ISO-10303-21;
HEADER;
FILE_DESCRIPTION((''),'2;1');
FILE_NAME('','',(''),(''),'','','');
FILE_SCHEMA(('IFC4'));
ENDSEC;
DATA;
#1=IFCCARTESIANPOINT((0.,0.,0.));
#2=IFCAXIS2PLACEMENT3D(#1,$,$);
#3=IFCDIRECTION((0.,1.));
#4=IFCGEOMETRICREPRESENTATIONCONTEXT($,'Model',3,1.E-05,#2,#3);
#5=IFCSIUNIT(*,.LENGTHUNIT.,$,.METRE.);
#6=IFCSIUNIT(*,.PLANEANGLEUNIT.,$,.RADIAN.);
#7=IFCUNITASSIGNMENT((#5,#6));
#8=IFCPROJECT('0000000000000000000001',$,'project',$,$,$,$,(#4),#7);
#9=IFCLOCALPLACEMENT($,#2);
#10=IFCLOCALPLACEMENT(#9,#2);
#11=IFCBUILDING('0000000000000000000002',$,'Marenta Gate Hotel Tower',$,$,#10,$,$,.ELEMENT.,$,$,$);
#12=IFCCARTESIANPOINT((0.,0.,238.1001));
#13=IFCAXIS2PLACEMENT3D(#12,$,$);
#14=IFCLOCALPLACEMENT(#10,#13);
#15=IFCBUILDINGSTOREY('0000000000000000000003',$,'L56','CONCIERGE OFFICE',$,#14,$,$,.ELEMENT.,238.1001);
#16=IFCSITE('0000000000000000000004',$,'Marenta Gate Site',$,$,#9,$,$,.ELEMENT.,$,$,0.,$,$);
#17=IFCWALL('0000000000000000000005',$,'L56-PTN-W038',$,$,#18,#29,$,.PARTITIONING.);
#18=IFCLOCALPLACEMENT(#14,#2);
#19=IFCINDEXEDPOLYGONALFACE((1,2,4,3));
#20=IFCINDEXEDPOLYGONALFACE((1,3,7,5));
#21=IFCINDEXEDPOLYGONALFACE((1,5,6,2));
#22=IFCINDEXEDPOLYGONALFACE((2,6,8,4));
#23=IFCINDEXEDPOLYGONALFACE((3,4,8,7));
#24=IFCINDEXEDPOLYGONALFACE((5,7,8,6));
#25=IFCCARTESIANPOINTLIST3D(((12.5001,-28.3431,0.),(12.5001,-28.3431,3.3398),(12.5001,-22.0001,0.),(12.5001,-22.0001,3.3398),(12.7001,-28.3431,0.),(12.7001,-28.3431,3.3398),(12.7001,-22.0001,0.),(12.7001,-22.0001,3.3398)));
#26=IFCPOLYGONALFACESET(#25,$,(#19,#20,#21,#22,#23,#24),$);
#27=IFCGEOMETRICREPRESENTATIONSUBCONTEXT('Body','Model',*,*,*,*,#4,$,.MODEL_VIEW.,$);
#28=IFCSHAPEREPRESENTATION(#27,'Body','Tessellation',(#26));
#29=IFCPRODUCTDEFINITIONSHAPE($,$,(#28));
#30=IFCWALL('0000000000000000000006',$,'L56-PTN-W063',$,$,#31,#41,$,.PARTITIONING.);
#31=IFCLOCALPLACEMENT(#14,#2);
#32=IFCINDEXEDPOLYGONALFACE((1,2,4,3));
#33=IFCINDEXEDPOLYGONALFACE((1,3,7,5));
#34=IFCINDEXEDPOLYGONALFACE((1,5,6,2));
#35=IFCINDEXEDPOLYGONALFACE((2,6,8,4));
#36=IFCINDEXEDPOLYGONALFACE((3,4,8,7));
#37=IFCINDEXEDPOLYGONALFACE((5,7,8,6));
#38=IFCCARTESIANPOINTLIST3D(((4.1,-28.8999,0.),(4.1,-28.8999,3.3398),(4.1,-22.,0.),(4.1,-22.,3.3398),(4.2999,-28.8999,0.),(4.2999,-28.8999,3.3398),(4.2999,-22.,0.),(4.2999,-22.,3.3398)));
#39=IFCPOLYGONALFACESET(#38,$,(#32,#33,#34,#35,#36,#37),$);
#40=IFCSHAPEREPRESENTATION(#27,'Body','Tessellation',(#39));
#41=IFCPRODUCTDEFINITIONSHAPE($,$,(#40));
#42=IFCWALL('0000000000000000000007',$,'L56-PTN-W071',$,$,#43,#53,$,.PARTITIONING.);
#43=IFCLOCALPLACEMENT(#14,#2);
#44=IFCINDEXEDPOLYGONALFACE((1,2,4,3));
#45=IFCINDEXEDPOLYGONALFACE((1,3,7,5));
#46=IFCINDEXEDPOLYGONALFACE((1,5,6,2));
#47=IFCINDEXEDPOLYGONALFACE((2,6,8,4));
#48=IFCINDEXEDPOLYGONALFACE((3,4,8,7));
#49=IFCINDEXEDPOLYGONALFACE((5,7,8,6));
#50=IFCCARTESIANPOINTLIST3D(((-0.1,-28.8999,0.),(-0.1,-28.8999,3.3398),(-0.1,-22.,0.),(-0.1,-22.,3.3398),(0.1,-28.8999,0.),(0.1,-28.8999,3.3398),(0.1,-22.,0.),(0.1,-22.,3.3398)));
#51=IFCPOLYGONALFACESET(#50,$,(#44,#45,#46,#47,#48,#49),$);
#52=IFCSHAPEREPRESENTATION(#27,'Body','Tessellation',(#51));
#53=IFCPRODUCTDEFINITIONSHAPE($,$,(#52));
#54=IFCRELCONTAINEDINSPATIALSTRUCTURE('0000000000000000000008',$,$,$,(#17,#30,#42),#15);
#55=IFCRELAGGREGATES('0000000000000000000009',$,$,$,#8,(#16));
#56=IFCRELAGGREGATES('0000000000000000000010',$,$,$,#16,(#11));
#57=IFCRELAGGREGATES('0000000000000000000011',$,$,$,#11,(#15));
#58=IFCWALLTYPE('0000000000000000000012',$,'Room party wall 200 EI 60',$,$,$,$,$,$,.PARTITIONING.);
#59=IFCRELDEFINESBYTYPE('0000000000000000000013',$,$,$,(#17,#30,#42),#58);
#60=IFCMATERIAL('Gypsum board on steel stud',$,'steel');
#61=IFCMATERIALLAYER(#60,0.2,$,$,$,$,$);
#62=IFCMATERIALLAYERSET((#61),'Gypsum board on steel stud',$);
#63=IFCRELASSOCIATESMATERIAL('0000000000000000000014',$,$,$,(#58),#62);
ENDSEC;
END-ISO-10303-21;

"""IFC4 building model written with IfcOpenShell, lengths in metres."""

from ifc_helpers import new_model, si_unit, direction, frame, frame_2d, origin, place, context, subcontext, project, spatial, rectangle, extrude, material, layer, layer_set, type_object, element, save


model = new_model("IFC4")

# Units and contexts
model_context = context("Model", 3, precision=1e-05, world=origin(), true_north=direction((0.0, 1.0)))
body_context = subcontext(model_context, "Body", "Model", "MODEL_VIEW")
ifc_project = project(units=[si_unit("LENGTHUNIT", "METRE"), si_unit("PLANEANGLEUNIT", "RADIAN")], contexts=[model_context])

# Site, building, storey
site_placement = place(None, origin())
site = spatial("IfcSite", under=ifc_project, at=site_placement, Name="Marenta Gate Site", CompositionType="ELEMENT", RefElevation=0.0)
building_placement = place(site_placement, origin())
building = spatial("IfcBuilding", under=site, at=building_placement, Name="Marenta Gate Hotel Tower", CompositionType="ELEMENT")
storey_placement = place(building_placement, frame((0.0, 0.0, 238.1001)))
storey = spatial("IfcBuildingStorey", under=building, at=storey_placement, Name="L56", Description="CONCIERGE OFFICE", CompositionType="ELEMENT", Elevation=238.1001)

# Walls
ifc_material_1 = material(Name="Gypsum board on steel stud", Category="steel")
ifc_layer_1 = layer(ifc_material_1, 0.2)
ifc_layer_set_1 = layer_set([ifc_layer_1], Name="Gypsum board on steel stud")
wall_type_1 = type_object("IfcWallType", Name="Room party wall 200 EI 60", PredefinedType="PARTITIONING", material=ifc_layer_set_1)
wall_1_placement = place(storey_placement, frame((12.6001, -28.343, 0.0), z_axis=(0.0, 0.0, 1.0), x_axis=(0.0, 1.0, 0.0)))
element("IfcWall", 1, at=wall_1_placement, inside=storey, type_object=wall_type_1, Name="L56-PTN-W038", PredefinedType="PARTITIONING", context=body_context, shape_type="SweptSolid", body=[
    extrude(rectangle(XDim=6.343, YDim=0.2, at=frame_2d((3.1714, 0.0))), origin(), (0.0, 0.0, 1.0), 3.3398),
])
for number, where, z_axis, x_axis, name in (
    (2, (4.2, -28.8999, 0.0), (0.0, 0.0, 1.0), (0.0, 1.0, 0.0), "L56-PTN-W063"),
    (3, (0.0, -28.8999, 0.0), (0.0, 0.0, 1.0), (0.0, 1.0, 0.0), "L56-PTN-W071"),
):
    element("IfcWall", number, at=place(storey_placement, frame(where, z_axis=z_axis, x_axis=x_axis)), inside=storey, type_object=wall_type_1, Name=name, PredefinedType="PARTITIONING", context=body_context, shape_type="SweptSolid", body=[
        extrude(rectangle(XDim=6.8999, YDim=0.2, at=frame_2d((3.45, 0.0))), origin(), (0.0, 0.0, 1.0), 3.3398),
    ])

save(model, "model.ifc")
